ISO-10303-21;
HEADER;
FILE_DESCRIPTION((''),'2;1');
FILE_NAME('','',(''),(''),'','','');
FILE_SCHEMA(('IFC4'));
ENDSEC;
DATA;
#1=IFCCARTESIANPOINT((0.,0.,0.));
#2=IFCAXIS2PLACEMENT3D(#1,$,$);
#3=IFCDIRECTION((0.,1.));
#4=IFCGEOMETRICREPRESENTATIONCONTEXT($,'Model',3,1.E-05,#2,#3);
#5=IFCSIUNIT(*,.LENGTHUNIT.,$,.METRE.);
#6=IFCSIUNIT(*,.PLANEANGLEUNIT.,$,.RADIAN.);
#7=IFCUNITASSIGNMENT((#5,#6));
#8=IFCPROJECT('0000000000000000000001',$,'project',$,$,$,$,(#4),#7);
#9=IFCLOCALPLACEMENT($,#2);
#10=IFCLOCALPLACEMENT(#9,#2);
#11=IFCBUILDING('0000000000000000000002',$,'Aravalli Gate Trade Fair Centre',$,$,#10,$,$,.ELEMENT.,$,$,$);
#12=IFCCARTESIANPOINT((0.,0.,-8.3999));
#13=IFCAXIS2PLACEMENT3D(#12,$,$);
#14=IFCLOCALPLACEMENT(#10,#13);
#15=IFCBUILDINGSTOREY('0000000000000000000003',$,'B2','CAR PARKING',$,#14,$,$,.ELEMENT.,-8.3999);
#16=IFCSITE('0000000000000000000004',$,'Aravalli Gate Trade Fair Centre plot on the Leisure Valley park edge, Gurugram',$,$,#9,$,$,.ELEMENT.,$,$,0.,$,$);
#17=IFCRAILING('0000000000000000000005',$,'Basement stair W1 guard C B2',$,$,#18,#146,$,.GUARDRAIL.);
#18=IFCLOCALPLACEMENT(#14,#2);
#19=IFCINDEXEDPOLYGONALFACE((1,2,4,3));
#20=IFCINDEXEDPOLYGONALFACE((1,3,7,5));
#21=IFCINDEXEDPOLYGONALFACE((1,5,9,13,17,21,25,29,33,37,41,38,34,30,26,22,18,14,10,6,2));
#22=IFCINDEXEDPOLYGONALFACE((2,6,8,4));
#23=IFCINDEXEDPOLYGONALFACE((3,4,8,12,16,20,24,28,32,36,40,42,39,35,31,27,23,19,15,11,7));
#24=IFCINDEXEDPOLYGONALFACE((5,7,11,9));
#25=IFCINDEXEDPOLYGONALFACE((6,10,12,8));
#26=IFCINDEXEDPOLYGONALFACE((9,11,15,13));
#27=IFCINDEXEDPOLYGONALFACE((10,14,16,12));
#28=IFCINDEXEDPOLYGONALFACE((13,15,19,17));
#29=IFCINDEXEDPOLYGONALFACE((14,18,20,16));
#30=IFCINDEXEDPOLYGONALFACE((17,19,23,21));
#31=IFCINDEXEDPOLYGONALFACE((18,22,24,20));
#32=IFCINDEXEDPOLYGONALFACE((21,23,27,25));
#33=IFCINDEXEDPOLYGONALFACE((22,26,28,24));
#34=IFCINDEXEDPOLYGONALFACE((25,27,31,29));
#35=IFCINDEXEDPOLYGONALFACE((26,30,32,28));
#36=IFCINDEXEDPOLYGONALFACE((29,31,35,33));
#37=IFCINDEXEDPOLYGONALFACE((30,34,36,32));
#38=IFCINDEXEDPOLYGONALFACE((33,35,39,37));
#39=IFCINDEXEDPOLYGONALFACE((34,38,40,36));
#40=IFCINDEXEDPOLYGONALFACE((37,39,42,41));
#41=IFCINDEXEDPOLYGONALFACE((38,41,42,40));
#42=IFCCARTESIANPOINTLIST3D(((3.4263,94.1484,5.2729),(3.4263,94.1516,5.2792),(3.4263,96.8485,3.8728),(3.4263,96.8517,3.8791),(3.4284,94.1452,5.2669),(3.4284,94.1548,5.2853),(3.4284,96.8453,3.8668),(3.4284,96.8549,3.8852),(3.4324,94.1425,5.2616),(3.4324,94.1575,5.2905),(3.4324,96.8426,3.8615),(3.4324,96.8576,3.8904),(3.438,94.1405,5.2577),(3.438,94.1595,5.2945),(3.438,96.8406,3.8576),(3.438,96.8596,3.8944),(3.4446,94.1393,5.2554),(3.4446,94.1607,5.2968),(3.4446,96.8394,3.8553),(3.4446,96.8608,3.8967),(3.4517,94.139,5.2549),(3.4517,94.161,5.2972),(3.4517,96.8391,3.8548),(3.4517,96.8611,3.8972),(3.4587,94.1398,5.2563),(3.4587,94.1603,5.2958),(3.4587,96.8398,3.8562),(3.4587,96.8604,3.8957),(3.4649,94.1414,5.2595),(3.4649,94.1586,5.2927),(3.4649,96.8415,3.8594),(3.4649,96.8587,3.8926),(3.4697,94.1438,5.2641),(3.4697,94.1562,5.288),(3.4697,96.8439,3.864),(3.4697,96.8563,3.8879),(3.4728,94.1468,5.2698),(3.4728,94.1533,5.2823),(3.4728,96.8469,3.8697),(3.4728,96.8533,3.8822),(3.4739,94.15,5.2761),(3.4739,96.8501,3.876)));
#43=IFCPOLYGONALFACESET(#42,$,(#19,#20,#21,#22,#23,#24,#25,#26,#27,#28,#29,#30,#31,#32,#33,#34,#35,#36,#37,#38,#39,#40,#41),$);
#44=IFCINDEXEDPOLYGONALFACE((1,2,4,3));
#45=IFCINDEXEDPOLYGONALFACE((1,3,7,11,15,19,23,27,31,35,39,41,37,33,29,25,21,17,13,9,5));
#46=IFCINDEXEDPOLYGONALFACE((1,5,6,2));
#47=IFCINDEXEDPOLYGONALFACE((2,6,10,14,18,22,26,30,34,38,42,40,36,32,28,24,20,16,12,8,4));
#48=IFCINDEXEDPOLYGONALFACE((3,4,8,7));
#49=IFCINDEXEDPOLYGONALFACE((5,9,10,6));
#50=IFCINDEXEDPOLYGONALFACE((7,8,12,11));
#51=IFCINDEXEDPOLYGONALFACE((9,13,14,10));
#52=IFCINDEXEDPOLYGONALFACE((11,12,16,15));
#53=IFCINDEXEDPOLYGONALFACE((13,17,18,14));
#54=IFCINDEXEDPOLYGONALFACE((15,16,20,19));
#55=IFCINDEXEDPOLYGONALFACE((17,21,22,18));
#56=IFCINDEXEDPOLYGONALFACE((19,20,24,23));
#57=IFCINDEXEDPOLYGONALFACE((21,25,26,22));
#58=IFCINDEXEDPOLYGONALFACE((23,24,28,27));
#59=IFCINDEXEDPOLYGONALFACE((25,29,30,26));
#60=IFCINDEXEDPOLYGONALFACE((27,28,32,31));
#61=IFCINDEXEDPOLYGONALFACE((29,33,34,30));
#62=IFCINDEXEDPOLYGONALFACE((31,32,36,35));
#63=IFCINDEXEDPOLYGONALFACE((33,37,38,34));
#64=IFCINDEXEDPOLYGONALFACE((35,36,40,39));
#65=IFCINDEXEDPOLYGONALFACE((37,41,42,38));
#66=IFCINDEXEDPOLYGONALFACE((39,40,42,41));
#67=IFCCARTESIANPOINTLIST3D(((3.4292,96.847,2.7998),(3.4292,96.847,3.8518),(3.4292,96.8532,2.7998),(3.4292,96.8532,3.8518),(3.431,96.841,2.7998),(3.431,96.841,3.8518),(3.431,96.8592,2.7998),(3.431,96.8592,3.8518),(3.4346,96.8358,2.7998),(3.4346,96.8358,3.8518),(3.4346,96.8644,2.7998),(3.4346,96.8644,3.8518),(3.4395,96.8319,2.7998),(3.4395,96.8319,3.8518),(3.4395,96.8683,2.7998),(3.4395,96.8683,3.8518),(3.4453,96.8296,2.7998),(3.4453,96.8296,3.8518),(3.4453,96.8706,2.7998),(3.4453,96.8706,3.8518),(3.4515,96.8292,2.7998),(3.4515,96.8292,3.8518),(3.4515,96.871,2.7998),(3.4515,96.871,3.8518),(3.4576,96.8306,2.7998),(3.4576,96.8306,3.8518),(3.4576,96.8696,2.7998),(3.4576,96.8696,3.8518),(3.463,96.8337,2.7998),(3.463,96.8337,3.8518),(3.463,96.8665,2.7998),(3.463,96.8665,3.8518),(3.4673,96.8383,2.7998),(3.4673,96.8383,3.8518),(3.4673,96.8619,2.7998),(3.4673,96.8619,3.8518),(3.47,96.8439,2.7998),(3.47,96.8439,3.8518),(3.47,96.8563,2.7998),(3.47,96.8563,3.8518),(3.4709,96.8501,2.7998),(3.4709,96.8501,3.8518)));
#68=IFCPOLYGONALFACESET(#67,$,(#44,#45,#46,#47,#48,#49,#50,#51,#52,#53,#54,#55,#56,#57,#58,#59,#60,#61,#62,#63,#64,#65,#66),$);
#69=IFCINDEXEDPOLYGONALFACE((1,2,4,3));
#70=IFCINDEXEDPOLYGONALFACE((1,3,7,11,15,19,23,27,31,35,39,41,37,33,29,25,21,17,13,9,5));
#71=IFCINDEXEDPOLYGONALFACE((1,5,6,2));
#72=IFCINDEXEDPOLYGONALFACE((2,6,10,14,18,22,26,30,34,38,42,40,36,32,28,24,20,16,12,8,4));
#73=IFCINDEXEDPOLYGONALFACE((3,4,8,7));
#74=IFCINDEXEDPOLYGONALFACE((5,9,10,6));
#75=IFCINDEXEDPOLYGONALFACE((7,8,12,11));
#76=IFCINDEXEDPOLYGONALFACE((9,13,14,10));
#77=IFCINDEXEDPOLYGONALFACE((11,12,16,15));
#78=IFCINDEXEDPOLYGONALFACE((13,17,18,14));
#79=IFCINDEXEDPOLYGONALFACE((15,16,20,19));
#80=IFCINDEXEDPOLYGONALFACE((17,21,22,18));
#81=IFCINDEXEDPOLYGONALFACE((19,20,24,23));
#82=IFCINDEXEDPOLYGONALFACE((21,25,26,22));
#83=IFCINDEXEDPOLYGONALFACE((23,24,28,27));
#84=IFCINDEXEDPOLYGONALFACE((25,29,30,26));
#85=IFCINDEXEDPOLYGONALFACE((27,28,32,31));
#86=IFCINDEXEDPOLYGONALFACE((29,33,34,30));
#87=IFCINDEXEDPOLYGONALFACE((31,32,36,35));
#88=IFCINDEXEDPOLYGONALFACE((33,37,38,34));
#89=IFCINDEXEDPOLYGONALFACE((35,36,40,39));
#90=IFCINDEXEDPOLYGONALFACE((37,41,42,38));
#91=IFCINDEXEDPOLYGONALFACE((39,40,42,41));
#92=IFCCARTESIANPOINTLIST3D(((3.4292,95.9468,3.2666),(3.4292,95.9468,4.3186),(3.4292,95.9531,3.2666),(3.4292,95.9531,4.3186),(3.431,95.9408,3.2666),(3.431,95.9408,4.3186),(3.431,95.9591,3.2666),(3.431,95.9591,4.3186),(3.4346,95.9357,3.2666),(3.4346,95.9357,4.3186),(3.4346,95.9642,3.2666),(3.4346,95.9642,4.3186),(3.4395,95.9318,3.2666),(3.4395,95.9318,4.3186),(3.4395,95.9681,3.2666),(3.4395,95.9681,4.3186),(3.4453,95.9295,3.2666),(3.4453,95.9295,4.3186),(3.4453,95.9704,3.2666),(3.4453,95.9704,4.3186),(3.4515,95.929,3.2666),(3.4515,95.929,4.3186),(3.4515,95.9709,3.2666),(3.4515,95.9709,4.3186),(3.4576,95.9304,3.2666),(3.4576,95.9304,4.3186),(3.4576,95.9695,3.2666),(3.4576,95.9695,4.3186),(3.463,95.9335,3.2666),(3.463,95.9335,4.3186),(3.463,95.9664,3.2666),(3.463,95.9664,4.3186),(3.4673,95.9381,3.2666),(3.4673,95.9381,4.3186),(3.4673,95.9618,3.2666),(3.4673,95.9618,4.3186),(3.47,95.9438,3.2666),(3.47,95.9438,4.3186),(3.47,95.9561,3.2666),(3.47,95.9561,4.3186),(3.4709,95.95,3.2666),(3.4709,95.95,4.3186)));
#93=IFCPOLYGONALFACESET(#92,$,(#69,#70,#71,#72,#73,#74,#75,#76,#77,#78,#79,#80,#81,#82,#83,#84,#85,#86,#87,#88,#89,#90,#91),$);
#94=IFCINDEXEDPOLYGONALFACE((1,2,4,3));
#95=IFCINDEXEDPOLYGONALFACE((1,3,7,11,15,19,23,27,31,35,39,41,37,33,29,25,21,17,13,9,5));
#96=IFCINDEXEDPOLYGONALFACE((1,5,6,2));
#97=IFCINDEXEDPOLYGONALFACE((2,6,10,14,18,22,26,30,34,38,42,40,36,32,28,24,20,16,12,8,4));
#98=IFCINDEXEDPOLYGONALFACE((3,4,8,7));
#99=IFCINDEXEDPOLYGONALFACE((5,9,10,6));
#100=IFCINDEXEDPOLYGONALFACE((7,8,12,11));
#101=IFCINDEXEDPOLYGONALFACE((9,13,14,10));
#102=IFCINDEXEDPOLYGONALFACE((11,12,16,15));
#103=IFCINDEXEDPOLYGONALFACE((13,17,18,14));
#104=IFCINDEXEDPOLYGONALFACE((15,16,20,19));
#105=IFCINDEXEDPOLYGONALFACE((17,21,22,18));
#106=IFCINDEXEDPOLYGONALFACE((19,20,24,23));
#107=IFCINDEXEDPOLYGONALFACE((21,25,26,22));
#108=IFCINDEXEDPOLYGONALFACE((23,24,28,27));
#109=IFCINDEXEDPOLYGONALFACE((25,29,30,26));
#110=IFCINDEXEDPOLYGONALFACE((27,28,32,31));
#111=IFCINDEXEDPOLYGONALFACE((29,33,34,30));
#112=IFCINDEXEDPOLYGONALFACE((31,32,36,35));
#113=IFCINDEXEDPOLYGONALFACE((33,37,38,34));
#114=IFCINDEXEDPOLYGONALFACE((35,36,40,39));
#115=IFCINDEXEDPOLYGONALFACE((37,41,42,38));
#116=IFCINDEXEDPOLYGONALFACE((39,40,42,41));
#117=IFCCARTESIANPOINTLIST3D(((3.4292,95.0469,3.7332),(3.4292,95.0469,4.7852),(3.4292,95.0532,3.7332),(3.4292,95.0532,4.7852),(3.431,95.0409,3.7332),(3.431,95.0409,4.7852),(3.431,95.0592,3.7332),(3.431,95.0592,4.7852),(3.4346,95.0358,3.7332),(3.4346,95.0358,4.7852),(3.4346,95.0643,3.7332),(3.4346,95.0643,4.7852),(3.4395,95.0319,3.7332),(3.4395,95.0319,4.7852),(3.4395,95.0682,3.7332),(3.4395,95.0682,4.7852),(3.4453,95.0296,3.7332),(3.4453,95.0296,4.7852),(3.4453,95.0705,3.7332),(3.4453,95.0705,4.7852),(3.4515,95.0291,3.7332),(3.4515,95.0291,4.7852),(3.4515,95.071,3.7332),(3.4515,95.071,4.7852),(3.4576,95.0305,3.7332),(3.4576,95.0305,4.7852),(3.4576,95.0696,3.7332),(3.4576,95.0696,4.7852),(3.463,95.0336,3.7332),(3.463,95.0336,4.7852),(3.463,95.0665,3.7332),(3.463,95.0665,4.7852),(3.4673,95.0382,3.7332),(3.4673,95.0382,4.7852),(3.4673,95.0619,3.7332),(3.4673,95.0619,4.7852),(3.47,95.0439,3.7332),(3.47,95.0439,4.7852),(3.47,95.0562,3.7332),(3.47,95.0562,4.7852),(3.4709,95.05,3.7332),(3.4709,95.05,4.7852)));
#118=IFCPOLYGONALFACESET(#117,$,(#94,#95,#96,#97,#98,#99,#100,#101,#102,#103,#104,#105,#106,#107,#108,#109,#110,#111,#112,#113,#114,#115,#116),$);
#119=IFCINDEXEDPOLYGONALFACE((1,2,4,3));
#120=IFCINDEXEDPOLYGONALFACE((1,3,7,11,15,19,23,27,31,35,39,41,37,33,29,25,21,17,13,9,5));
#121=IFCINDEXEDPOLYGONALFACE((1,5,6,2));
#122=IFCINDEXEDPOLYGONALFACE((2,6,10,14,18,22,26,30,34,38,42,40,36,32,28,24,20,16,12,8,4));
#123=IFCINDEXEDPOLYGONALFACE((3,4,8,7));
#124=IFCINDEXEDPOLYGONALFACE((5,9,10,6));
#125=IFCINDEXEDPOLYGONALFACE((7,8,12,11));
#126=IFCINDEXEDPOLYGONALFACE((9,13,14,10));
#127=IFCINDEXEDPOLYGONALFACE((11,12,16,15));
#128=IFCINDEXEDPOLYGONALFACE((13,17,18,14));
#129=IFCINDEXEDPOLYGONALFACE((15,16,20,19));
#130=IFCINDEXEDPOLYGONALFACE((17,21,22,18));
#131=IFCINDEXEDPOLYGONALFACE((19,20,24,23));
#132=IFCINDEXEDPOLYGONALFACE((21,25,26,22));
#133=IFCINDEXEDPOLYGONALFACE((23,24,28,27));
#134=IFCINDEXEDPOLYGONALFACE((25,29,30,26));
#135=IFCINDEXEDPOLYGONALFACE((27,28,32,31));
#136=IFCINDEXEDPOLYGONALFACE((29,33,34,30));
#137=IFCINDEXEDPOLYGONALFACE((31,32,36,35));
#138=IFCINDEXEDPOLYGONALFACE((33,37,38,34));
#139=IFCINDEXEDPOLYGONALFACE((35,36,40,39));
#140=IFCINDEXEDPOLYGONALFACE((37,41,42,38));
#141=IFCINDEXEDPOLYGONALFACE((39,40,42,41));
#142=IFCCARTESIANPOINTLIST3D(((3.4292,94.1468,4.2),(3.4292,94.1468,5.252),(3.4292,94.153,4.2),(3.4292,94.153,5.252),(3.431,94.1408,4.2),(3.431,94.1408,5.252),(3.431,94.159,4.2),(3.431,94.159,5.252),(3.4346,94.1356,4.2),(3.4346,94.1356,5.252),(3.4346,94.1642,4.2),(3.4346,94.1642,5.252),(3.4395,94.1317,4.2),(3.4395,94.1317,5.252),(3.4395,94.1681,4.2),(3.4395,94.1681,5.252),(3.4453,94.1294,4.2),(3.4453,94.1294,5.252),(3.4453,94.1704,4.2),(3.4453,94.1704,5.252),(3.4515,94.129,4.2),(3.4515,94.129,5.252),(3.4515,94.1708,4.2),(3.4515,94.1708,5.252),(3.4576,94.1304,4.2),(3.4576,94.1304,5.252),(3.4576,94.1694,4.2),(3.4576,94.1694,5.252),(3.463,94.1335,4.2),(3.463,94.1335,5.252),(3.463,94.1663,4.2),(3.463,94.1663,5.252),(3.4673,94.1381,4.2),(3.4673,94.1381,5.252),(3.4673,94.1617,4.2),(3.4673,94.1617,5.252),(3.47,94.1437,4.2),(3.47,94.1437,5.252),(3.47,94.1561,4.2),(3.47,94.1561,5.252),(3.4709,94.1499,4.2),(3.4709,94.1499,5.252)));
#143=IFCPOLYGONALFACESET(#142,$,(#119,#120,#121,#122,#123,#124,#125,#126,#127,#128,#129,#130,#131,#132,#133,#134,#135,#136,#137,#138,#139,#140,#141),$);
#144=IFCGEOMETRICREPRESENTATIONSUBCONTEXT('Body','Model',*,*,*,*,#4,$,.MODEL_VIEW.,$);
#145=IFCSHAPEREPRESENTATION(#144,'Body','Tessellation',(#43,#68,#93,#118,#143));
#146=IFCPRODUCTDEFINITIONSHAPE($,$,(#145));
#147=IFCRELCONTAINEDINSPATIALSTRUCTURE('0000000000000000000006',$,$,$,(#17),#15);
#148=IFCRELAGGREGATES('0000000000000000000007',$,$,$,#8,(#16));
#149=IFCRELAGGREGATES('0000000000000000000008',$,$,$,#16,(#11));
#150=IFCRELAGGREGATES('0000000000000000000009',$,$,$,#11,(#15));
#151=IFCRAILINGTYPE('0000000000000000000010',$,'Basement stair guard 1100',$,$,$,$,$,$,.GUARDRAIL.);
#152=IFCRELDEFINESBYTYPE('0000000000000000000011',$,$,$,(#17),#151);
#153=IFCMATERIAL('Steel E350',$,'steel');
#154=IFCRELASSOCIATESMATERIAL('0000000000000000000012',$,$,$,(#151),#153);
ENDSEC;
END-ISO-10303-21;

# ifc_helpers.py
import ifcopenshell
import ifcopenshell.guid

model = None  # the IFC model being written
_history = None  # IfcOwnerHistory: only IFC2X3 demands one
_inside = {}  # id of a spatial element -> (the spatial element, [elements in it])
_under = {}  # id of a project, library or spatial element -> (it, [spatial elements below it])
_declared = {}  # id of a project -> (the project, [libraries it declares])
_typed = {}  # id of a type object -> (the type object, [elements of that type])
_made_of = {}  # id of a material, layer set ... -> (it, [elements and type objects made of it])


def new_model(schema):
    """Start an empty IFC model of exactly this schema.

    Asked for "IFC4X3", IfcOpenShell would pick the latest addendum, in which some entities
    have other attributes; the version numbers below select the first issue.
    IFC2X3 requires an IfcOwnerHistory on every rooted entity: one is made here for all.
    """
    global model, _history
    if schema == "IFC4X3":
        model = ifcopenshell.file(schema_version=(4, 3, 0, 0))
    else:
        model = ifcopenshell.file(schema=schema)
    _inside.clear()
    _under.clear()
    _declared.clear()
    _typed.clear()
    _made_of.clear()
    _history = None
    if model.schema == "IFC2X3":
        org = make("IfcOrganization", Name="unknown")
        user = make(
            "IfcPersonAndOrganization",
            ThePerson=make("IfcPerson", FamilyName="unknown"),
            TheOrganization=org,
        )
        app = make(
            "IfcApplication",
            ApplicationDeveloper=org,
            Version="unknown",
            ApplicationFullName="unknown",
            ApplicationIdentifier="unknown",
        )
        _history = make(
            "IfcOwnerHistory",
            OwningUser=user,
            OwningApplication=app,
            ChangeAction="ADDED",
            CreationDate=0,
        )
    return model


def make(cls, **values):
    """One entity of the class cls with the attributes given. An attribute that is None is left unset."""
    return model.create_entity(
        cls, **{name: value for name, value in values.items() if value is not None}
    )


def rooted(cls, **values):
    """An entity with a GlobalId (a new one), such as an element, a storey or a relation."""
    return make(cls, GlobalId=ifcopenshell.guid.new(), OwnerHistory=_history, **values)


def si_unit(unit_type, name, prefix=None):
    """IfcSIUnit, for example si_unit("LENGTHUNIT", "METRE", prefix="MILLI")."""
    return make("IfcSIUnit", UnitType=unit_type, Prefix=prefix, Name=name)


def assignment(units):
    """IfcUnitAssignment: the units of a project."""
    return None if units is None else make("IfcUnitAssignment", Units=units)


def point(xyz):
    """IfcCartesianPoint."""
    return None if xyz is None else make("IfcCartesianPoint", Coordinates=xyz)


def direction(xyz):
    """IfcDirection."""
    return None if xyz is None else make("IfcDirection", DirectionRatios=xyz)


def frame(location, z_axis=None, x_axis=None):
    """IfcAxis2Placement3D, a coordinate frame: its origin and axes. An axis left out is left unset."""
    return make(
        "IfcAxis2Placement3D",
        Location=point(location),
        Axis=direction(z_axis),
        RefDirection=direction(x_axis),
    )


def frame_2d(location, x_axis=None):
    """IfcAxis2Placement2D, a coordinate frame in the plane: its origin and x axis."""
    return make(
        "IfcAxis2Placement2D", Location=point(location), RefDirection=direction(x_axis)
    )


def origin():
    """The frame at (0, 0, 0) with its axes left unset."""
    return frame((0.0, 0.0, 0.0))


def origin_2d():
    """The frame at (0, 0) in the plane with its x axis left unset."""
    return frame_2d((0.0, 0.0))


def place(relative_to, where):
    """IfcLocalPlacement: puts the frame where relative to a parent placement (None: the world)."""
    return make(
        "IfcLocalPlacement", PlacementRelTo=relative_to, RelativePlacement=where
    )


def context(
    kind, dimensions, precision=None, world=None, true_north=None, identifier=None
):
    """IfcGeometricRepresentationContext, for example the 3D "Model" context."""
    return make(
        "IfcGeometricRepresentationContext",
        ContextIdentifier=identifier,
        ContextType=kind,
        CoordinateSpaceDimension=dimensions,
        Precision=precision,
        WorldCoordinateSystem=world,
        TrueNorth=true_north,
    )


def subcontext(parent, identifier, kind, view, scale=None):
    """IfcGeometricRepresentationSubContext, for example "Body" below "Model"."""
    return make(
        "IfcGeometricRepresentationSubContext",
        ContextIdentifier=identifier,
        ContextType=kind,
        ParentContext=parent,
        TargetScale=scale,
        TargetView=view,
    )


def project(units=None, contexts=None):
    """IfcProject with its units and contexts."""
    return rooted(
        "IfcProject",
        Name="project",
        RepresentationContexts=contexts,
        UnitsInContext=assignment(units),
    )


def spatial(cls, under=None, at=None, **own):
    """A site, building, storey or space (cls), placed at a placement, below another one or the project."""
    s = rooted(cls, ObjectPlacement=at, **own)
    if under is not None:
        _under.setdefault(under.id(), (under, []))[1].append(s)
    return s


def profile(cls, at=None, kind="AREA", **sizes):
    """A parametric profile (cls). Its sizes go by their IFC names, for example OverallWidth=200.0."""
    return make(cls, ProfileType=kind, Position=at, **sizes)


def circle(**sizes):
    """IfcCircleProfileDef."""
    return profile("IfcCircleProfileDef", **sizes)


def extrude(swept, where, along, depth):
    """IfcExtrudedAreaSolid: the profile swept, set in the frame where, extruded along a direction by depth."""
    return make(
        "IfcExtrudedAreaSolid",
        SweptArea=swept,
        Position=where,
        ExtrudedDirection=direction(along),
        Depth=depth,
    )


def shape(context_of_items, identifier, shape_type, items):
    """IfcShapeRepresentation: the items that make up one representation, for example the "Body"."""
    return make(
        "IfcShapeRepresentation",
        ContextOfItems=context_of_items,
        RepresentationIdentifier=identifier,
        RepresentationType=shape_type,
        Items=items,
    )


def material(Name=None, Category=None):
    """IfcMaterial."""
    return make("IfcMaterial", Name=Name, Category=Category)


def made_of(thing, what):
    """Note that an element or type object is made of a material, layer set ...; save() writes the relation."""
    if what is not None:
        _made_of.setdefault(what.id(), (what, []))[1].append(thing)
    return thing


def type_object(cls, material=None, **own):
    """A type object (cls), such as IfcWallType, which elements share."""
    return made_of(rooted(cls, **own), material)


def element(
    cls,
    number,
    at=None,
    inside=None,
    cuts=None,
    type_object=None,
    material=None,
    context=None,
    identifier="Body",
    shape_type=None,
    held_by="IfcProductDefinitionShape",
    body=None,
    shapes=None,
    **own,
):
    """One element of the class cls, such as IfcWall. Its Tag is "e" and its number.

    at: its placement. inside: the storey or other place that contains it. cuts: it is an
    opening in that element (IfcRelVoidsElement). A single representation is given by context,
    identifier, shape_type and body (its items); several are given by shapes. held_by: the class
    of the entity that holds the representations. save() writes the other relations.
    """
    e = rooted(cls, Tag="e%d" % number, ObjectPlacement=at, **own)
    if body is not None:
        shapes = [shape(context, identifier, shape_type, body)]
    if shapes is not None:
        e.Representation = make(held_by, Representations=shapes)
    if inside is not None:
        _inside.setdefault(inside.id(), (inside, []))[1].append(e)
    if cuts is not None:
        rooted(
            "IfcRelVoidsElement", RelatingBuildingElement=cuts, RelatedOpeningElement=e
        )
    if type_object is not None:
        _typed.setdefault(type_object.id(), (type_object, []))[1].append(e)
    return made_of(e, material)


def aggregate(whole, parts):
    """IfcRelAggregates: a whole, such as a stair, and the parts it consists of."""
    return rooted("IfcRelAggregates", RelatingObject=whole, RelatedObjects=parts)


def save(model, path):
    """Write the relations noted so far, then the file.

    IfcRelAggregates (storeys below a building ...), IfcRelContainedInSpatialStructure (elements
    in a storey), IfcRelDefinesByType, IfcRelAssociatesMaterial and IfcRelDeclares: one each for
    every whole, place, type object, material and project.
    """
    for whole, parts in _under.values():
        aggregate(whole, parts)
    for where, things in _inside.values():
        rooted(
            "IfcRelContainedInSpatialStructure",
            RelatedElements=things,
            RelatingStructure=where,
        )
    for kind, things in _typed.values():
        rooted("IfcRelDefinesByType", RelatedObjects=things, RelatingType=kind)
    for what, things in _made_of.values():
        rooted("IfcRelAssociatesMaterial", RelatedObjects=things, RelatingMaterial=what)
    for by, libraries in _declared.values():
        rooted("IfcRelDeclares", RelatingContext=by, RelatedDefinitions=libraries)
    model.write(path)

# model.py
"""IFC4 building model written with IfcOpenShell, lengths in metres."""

from ifc_helpers import new_model, si_unit, direction, frame, origin, origin_2d, place, context, subcontext, project, spatial, circle, extrude, material, type_object, element, save


model = new_model("IFC4")

# Units and contexts
model_context = context("Model", 3, precision=1e-05, world=origin(), true_north=direction((0.0, 1.0)))
body_context = subcontext(model_context, "Body", "Model", "MODEL_VIEW")
ifc_project = project(units=[si_unit("LENGTHUNIT", "METRE"), si_unit("PLANEANGLEUNIT", "RADIAN")], contexts=[model_context])

# Site, building, storey
site_placement = place(None, origin())
site = spatial("IfcSite", under=ifc_project, at=site_placement, Name="Aravalli Gate Trade Fair Centre plot on the Leisure Valley park edge, Gurugram", CompositionType="ELEMENT", RefElevation=0.0)
building_placement = place(site_placement, origin())
building = spatial("IfcBuilding", under=site, at=building_placement, Name="Aravalli Gate Trade Fair Centre", CompositionType="ELEMENT")
storey_placement = place(building_placement, frame((0.0, 0.0, -8.3999)))
storey = spatial("IfcBuildingStorey", under=building, at=storey_placement, Name="B2", Description="CAR PARKING", CompositionType="ELEMENT", Elevation=-8.3999)

# Railing
ifc_material_1 = material(Name="Steel E350", Category="steel")
railing_type_1 = type_object("IfcRailingType", Name="Basement stair guard 1100", PredefinedType="GUARDRAIL", material=ifc_material_1)
railing_1_placement = place(storey_placement, frame((3.45, 96.8501, 2.7998)))
element("IfcRailing", 1, at=railing_1_placement, inside=storey, type_object=railing_type_1, Name="Basement stair W1 guard C B2", PredefinedType="GUARDRAIL", context=body_context, shape_type="SweptSolid", body=[
    extrude(circle(Radius=0.0239, at=origin_2d()), frame((0.0, 0.0, 1.0762), z_axis=(0.0, -0.887748, 0.460329), x_axis=(1.0, 0.0, 0.0)), (0.0, 0.0, 1.0), 3.0415),
    extrude(circle(Radius=0.021, at=origin_2d()), origin(), (0.0, 0.0, 1.0), 1.052),
    extrude(circle(Radius=0.021, at=origin_2d()), frame((0.0, -0.9001, 0.4668)), (0.0, 0.0, 1.0), 1.052),
    extrude(circle(Radius=0.021, at=origin_2d()), frame((0.0, -1.8, 0.9333)), (0.0, 0.0, 1.0), 1.052),
    extrude(circle(Radius=0.021, at=origin_2d()), frame((0.0, -2.7002, 1.4001)), (0.0, 0.0, 1.0), 1.052),
])

save(model, "model.ifc")
